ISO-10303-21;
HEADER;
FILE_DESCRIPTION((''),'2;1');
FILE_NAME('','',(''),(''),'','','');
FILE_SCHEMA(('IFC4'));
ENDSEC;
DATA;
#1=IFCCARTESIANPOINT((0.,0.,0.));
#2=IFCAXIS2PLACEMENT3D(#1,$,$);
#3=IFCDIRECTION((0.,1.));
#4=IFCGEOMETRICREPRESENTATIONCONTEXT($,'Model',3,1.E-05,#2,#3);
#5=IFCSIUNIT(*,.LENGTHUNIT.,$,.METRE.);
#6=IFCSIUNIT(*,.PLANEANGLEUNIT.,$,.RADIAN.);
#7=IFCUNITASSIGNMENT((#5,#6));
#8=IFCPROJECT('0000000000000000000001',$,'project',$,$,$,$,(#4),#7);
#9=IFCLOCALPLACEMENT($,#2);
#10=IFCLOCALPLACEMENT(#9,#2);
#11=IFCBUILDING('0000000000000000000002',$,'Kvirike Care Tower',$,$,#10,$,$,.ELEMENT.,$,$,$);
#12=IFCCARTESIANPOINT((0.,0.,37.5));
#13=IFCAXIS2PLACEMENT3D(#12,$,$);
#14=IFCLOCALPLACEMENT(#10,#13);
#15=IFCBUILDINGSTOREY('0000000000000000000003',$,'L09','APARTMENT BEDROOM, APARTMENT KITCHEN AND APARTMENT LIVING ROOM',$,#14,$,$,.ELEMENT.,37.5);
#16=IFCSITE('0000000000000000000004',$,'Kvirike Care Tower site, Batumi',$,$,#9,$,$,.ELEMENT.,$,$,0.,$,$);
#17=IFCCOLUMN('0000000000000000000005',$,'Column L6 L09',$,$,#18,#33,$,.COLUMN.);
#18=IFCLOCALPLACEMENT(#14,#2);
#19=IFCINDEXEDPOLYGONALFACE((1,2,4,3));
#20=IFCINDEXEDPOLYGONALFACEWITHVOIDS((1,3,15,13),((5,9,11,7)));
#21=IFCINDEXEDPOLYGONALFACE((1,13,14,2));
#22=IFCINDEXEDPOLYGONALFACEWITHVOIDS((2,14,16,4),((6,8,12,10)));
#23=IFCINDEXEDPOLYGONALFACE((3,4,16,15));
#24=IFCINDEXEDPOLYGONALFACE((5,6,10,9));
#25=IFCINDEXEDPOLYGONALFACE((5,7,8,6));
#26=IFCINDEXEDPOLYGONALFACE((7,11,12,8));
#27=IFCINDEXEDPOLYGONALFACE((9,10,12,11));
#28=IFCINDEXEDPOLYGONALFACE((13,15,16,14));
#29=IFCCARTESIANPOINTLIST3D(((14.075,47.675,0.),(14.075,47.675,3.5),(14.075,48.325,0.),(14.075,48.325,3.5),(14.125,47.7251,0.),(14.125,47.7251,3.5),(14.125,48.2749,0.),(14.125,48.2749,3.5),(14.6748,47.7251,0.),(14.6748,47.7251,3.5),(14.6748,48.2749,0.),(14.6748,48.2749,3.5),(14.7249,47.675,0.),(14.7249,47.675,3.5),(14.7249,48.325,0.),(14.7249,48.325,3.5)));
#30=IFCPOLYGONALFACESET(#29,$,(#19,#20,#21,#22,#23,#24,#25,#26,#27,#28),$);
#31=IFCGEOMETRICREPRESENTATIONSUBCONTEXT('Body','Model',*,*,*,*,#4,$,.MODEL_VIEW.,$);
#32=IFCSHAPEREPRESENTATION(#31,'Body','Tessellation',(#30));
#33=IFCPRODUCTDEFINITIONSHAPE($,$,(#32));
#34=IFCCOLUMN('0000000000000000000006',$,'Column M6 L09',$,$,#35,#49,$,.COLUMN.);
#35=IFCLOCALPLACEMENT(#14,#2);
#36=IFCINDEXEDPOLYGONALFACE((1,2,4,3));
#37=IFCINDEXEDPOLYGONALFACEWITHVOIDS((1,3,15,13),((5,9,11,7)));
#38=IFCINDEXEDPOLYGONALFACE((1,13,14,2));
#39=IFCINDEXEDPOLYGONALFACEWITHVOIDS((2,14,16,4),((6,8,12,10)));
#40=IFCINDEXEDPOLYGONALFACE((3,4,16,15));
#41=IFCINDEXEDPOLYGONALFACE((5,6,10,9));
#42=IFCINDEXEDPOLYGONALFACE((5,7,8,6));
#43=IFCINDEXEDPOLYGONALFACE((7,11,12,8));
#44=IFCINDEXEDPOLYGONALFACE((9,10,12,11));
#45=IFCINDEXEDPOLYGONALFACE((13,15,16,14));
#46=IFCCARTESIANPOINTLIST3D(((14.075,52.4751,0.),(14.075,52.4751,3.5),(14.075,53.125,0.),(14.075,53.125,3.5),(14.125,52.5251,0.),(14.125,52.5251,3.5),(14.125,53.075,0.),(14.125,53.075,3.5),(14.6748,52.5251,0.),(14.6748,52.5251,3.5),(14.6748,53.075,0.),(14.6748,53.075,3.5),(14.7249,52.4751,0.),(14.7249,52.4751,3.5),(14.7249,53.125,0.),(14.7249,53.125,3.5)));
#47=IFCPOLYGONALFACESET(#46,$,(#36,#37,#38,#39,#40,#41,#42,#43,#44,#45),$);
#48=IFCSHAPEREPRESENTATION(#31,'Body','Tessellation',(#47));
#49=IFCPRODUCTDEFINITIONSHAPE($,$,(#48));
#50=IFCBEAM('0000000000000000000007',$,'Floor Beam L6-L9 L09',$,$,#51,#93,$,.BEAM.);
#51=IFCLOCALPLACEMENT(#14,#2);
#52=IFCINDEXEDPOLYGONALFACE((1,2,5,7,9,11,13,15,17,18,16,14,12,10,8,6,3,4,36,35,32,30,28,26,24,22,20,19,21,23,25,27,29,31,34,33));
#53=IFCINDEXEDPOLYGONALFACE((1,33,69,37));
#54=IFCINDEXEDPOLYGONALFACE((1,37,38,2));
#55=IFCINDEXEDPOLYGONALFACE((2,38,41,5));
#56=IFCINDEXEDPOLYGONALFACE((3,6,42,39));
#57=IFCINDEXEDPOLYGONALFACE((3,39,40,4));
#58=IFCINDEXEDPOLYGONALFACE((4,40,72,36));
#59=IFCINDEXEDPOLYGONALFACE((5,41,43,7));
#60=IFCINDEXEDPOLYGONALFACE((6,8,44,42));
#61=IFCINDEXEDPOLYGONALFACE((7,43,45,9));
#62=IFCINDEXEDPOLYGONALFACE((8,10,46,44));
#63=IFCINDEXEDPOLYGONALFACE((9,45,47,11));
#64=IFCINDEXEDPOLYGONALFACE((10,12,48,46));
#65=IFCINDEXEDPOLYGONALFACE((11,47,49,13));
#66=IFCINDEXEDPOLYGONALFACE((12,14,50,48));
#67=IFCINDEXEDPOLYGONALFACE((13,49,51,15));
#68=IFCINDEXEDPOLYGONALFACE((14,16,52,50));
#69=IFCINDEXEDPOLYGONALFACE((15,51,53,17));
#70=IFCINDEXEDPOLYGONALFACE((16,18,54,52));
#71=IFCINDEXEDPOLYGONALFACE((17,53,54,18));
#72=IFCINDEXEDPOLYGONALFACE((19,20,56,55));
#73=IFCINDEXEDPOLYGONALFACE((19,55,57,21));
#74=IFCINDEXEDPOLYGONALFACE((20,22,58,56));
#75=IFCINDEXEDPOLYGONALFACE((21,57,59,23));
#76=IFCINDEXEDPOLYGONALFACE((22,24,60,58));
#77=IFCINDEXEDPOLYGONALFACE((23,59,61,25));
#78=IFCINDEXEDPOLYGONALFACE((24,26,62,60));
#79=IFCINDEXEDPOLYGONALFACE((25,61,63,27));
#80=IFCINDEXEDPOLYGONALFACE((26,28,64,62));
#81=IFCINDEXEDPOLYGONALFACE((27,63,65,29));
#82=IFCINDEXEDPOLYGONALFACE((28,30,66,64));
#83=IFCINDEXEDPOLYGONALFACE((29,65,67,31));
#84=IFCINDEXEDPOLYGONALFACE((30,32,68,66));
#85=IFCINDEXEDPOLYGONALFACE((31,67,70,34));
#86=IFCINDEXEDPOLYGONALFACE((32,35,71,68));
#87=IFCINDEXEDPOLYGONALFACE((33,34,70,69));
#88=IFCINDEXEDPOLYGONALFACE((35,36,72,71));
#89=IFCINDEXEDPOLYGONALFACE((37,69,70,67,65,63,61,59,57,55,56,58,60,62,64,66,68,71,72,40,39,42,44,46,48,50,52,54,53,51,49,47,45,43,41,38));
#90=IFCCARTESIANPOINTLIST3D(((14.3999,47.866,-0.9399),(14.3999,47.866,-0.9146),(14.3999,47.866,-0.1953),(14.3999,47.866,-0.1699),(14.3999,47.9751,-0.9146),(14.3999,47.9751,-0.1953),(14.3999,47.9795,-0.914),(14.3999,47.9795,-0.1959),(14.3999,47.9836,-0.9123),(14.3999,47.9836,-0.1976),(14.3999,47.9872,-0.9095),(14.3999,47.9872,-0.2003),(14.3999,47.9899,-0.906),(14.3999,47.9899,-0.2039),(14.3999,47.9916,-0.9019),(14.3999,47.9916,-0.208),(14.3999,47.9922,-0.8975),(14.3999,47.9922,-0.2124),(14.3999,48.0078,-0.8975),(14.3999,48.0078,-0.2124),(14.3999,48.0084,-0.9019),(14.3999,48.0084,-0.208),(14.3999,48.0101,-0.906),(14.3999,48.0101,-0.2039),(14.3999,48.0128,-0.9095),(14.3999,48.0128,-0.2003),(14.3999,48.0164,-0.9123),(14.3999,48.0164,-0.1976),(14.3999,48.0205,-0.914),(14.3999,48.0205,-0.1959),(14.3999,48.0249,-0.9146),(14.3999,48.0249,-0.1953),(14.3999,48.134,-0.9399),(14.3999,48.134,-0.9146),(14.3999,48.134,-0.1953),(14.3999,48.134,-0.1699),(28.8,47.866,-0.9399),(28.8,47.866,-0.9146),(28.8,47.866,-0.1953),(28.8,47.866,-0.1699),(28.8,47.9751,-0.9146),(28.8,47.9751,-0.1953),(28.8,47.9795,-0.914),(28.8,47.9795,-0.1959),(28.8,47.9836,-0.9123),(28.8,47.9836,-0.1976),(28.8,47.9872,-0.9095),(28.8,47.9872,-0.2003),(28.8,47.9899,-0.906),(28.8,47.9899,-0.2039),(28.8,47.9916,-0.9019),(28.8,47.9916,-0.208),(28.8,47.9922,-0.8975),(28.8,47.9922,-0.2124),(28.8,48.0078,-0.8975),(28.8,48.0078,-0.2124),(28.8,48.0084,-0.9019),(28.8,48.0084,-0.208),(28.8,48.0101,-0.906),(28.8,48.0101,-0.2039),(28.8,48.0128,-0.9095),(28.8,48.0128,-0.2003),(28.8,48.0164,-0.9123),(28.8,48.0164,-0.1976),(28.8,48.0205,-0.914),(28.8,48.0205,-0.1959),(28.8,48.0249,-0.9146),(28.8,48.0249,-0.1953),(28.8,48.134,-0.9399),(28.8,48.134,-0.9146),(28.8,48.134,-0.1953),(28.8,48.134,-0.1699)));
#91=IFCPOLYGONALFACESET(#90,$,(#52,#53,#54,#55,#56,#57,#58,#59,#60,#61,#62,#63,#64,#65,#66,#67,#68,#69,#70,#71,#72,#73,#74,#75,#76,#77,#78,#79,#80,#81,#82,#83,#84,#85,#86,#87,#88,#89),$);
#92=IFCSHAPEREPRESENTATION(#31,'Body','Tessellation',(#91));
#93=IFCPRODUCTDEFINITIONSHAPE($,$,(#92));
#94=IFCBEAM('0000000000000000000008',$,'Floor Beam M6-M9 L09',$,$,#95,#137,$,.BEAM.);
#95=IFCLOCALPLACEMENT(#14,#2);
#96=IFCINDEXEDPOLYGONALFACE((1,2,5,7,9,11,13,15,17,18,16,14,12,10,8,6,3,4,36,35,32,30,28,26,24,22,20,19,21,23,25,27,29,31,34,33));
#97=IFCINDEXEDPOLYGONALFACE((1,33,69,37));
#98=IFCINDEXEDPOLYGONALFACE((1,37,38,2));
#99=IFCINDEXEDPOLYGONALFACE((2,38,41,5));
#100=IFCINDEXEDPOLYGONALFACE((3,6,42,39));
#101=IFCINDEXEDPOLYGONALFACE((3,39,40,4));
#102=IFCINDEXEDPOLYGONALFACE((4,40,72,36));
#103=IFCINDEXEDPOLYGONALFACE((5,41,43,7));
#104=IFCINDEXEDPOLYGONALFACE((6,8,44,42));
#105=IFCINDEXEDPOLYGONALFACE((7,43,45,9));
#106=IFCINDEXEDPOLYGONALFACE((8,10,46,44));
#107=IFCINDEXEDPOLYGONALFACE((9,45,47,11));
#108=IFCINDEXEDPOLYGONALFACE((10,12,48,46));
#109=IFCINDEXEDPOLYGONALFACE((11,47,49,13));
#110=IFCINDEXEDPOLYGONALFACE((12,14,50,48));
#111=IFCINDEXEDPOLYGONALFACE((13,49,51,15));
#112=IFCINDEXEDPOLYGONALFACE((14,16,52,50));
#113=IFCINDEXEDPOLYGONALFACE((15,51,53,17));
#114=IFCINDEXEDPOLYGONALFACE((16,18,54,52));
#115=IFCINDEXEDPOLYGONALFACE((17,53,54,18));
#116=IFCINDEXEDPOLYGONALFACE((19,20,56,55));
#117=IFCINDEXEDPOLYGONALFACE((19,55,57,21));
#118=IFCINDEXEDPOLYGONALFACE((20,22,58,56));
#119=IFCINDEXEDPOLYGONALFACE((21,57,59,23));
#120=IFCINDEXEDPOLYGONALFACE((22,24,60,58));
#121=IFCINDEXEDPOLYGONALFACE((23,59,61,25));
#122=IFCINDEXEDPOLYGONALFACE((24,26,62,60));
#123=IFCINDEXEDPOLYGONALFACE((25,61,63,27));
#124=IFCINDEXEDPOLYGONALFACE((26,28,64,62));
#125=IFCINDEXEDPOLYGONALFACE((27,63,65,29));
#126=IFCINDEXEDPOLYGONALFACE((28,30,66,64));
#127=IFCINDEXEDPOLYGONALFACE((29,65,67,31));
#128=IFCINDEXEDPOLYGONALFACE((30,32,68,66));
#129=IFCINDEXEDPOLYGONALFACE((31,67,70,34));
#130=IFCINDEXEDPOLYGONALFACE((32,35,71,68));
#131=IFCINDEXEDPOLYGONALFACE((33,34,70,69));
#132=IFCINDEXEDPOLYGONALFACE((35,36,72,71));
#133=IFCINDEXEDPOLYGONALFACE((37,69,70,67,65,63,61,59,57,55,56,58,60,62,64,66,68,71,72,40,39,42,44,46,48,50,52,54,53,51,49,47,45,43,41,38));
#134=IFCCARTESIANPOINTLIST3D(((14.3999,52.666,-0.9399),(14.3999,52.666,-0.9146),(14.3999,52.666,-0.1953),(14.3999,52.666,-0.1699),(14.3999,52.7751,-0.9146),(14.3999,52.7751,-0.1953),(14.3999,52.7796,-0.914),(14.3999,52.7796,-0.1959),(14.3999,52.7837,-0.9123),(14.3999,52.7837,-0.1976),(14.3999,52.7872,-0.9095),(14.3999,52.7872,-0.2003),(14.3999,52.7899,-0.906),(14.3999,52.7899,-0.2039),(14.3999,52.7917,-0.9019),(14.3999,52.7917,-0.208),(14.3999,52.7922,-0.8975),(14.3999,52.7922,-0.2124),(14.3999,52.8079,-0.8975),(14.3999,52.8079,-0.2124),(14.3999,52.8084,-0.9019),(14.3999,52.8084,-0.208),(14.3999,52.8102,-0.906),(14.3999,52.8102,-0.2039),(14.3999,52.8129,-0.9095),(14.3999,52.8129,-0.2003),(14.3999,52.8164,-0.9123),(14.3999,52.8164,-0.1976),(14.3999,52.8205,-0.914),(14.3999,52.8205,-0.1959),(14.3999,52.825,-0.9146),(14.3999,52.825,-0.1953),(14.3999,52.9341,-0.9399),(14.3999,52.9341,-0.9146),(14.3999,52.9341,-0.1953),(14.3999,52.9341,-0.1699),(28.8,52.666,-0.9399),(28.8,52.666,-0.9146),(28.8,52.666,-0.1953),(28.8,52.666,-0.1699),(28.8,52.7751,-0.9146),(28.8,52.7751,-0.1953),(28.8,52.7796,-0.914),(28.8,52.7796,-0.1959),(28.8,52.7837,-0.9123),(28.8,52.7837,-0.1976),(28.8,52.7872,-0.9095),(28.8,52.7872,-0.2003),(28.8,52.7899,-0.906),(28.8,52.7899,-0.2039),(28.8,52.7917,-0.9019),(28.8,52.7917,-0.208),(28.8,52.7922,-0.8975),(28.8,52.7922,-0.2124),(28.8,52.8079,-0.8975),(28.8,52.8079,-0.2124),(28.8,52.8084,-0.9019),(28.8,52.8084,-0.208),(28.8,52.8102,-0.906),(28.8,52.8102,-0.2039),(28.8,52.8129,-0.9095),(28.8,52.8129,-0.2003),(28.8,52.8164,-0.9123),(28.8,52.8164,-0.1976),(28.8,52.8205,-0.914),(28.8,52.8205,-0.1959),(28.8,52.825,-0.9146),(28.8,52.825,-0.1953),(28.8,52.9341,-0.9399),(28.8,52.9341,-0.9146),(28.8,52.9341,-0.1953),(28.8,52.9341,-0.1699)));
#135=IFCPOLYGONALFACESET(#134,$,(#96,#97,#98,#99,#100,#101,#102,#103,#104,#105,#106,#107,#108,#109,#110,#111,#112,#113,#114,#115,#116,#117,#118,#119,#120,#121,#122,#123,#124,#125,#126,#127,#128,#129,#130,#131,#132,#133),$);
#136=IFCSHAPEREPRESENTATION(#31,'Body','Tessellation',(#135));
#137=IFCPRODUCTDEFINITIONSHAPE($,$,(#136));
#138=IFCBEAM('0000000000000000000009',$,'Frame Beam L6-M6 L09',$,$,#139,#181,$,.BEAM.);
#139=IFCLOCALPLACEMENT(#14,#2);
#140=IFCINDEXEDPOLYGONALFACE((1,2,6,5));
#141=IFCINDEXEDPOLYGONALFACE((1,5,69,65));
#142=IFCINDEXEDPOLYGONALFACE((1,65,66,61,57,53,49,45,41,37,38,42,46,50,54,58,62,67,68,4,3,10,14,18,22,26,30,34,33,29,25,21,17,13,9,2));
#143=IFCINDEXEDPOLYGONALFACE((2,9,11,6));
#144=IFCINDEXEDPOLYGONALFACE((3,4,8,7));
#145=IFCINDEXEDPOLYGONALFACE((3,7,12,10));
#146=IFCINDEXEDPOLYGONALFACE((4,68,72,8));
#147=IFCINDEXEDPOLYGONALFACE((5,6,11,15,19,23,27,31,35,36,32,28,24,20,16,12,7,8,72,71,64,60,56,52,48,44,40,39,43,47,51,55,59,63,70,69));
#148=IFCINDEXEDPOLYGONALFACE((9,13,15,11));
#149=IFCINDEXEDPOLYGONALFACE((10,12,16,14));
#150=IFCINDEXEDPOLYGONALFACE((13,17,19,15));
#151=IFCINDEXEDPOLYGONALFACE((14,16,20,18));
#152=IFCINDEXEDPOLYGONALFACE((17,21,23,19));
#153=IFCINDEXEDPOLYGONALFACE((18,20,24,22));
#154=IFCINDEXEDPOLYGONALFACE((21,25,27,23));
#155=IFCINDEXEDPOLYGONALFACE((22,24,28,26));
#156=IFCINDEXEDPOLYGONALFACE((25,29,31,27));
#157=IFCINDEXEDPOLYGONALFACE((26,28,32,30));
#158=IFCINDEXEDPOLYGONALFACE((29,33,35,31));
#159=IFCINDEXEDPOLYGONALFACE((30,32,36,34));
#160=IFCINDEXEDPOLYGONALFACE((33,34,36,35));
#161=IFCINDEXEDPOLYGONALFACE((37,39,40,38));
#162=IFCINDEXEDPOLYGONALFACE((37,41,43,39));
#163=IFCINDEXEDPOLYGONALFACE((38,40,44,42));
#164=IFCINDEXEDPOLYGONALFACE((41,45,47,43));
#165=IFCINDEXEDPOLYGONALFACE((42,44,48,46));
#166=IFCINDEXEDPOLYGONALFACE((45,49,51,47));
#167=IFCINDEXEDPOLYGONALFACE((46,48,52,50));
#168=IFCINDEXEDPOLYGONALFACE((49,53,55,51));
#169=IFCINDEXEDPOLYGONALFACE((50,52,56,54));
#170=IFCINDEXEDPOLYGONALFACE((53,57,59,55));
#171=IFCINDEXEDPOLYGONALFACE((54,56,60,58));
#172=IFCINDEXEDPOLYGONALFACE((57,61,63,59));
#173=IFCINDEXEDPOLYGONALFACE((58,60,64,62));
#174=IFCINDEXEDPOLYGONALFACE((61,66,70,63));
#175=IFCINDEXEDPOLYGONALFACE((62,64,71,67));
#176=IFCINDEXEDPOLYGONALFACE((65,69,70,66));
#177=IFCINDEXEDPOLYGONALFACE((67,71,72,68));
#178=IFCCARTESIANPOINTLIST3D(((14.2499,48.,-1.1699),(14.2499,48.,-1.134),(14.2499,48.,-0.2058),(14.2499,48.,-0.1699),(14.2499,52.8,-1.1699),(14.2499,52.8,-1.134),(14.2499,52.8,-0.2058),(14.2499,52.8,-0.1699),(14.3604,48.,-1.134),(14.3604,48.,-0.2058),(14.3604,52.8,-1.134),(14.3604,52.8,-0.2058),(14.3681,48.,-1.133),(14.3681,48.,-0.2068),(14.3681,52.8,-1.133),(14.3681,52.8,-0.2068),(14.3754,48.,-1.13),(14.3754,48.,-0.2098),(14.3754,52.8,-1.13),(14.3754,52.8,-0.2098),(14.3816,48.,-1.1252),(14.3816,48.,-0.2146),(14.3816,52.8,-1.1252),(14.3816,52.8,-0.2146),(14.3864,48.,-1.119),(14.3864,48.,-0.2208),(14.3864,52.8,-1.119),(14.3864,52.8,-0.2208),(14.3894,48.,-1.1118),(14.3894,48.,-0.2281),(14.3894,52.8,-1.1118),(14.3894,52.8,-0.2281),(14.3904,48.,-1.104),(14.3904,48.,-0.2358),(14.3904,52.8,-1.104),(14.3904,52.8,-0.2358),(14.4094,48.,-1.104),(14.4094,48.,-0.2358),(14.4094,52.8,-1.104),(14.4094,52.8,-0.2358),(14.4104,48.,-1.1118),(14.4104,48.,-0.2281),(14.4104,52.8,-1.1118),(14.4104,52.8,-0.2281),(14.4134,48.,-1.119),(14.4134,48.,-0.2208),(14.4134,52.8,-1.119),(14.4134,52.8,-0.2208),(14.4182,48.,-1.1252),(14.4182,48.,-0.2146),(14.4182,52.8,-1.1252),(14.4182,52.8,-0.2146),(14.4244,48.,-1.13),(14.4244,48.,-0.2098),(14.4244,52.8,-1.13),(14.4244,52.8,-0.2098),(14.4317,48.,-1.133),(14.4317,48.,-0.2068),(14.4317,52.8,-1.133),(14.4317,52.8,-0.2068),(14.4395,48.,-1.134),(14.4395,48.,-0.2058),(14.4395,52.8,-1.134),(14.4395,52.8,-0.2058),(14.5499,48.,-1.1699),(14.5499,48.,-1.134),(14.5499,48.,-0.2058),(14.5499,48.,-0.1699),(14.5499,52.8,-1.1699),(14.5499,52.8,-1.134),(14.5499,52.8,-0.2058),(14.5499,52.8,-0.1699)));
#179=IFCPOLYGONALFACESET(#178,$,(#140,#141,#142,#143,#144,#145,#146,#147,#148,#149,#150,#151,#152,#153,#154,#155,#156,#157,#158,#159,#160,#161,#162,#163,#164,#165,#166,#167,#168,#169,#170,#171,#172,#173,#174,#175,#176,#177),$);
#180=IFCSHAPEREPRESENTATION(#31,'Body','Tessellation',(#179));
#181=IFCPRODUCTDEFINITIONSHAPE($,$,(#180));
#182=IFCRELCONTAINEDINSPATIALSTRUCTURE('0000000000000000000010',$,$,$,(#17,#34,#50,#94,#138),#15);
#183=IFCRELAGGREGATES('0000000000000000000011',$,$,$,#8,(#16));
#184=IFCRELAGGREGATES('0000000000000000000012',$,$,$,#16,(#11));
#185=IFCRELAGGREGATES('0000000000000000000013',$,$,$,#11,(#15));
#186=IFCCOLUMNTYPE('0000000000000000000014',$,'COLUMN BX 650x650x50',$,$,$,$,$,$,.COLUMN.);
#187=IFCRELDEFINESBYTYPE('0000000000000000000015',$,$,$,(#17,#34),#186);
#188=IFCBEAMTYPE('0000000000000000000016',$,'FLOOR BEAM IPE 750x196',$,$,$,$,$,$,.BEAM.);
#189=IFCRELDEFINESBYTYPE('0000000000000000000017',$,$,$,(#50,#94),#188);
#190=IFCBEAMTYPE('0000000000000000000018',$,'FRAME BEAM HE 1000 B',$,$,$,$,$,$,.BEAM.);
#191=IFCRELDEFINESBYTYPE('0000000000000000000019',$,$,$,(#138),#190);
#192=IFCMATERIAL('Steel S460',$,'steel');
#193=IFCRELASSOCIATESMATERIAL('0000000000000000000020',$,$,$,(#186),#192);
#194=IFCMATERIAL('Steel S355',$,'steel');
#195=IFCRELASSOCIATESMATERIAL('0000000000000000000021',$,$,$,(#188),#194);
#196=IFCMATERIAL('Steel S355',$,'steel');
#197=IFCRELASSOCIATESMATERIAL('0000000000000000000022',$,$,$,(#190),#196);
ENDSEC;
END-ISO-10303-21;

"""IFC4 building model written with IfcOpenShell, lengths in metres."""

from ifc_helpers import new_model, si_unit, direction, frame, origin, origin_2d, place, context, subcontext, project, spatial, hollow_rectangle, i_section, extrude, material, material_profile, profile_set, type_object, element, save


model = new_model("IFC4")

# Units and contexts
model_context = context("Model", 3, precision=1e-05, world=origin(), true_north=direction((0.0, 1.0)))
body_context = subcontext(model_context, "Body", "Model", "MODEL_VIEW")
ifc_project = project(units=[si_unit("LENGTHUNIT", "METRE"), si_unit("PLANEANGLEUNIT", "RADIAN")], contexts=[model_context])

# Site, building, storey
site_placement = place(None, origin())
site = spatial("IfcSite", under=ifc_project, at=site_placement, Name="Kvirike Care Tower site, Batumi", CompositionType="ELEMENT", RefElevation=0.0)
building_placement = place(site_placement, origin())
building = spatial("IfcBuilding", under=site, at=building_placement, Name="Kvirike Care Tower", CompositionType="ELEMENT")
storey_placement = place(building_placement, frame((0.0, 0.0, 37.5)))
storey = spatial("IfcBuildingStorey", under=building, at=storey_placement, Name="L09", Description="APARTMENT BEDROOM, APARTMENT KITCHEN AND APARTMENT LIVING ROOM", CompositionType="ELEMENT", Elevation=37.5)

# Columns
ifc_material_1 = material(Name="Steel S460", Category="steel")
ifc_material_profile_1 = material_profile(ifc_material_1, hollow_rectangle(XDim=0.6499, YDim=0.6499, WallThickness=0.05, at=origin_2d()), Name="BX 650x650x50")
ifc_profile_set_1 = profile_set([ifc_material_profile_1], Name="Steel S460")
column_type = type_object("IfcColumnType", Name="COLUMN BX 650x650x50", PredefinedType="COLUMN", material=ifc_profile_set_1)
for number, where, z_axis, x_axis, name in (
    (1, (14.3999, 48.0, 0.0), (0.0, 0.0, 1.0), (1.0, 0.0, 0.0), "Column L6 L09"),
    (2, (14.3999, 52.8, 0.0), (0.0, 0.0, 1.0), (1.0, 0.0, 0.0), "Column M6 L09"),
):
    element("IfcColumn", number, at=place(storey_placement, frame(where, z_axis=z_axis, x_axis=x_axis)), inside=storey, type_object=column_type, Name=name, PredefinedType="COLUMN", context=body_context, shape_type="SweptSolid", body=[
        extrude(hollow_rectangle(XDim=0.6499, YDim=0.6499, WallThickness=0.05, at=origin_2d()), origin(), (0.0, 0.0, 1.0), 3.5),
    ])

# Beams
ifc_material_2 = material(Name="Steel S355", Category="steel")
ifc_material_profile_2 = material_profile(ifc_material_2, i_section(OverallWidth=0.2681, OverallDepth=0.77, WebThickness=0.0156, FlangeThickness=0.0254, FilletRadius=0.0171, at=origin_2d()), Name="IPE 750x196")
ifc_profile_set_2 = profile_set([ifc_material_profile_2], Name="Steel S355")
beam_type_1 = type_object("IfcBeamType", Name="FLOOR BEAM IPE 750x196", PredefinedType="BEAM", material=ifc_profile_set_2)
for number, where, z_axis, x_axis, name in (
    (3, (14.3999, 48.0, -0.5549), (1.0, 0.0, 0.0), (0.0, 1.0, 0.0), "Floor Beam L6-L9 L09"),
    (4, (14.3999, 52.8, -0.5549), (1.0, 0.0, 0.0), (0.0, 1.0, 0.0), "Floor Beam M6-M9 L09"),
):
    element("IfcBeam", number, at=place(storey_placement, frame(where, z_axis=z_axis, x_axis=x_axis)), inside=storey, type_object=beam_type_1, Name=name, PredefinedType="BEAM", context=body_context, shape_type="SweptSolid", body=[
        extrude(i_section(OverallWidth=0.2681, OverallDepth=0.77, WebThickness=0.0156, FlangeThickness=0.0254, FilletRadius=0.0171, at=origin_2d()), origin(), (0.0, 0.0, 1.0), 14.4001),
    ])
ifc_material_3 = material(Name="Steel S355", Category="steel")
ifc_material_profile_3 = material_profile(ifc_material_3, i_section(OverallWidth=0.3, OverallDepth=1.0, WebThickness=0.019, FlangeThickness=0.0359, FilletRadius=0.03, at=origin_2d()), Name="HE 1000 B")
ifc_profile_set_3 = profile_set([ifc_material_profile_3], Name="Steel S355")
beam_type_2 = type_object("IfcBeamType", Name="FRAME BEAM HE 1000 B", PredefinedType="BEAM", material=ifc_profile_set_3)
for number, where, z_axis, x_axis, name in (
    (5, (14.3999, 48.0, -0.6699), (0.0, 1.0, 0.0), (-1.0, 0.0, 0.0), "Frame Beam L6-M6 L09"),
):
    element("IfcBeam", number, at=place(storey_placement, frame(where, z_axis=z_axis, x_axis=x_axis)), inside=storey, type_object=beam_type_2, Name=name, PredefinedType="BEAM", context=body_context, shape_type="SweptSolid", body=[
        extrude(i_section(OverallWidth=0.3, OverallDepth=1.0, WebThickness=0.019, FlangeThickness=0.0359, FilletRadius=0.03, at=origin_2d()), origin(), (0.0, 0.0, 1.0), 4.8),
    ])

save(model, "model.ifc")
